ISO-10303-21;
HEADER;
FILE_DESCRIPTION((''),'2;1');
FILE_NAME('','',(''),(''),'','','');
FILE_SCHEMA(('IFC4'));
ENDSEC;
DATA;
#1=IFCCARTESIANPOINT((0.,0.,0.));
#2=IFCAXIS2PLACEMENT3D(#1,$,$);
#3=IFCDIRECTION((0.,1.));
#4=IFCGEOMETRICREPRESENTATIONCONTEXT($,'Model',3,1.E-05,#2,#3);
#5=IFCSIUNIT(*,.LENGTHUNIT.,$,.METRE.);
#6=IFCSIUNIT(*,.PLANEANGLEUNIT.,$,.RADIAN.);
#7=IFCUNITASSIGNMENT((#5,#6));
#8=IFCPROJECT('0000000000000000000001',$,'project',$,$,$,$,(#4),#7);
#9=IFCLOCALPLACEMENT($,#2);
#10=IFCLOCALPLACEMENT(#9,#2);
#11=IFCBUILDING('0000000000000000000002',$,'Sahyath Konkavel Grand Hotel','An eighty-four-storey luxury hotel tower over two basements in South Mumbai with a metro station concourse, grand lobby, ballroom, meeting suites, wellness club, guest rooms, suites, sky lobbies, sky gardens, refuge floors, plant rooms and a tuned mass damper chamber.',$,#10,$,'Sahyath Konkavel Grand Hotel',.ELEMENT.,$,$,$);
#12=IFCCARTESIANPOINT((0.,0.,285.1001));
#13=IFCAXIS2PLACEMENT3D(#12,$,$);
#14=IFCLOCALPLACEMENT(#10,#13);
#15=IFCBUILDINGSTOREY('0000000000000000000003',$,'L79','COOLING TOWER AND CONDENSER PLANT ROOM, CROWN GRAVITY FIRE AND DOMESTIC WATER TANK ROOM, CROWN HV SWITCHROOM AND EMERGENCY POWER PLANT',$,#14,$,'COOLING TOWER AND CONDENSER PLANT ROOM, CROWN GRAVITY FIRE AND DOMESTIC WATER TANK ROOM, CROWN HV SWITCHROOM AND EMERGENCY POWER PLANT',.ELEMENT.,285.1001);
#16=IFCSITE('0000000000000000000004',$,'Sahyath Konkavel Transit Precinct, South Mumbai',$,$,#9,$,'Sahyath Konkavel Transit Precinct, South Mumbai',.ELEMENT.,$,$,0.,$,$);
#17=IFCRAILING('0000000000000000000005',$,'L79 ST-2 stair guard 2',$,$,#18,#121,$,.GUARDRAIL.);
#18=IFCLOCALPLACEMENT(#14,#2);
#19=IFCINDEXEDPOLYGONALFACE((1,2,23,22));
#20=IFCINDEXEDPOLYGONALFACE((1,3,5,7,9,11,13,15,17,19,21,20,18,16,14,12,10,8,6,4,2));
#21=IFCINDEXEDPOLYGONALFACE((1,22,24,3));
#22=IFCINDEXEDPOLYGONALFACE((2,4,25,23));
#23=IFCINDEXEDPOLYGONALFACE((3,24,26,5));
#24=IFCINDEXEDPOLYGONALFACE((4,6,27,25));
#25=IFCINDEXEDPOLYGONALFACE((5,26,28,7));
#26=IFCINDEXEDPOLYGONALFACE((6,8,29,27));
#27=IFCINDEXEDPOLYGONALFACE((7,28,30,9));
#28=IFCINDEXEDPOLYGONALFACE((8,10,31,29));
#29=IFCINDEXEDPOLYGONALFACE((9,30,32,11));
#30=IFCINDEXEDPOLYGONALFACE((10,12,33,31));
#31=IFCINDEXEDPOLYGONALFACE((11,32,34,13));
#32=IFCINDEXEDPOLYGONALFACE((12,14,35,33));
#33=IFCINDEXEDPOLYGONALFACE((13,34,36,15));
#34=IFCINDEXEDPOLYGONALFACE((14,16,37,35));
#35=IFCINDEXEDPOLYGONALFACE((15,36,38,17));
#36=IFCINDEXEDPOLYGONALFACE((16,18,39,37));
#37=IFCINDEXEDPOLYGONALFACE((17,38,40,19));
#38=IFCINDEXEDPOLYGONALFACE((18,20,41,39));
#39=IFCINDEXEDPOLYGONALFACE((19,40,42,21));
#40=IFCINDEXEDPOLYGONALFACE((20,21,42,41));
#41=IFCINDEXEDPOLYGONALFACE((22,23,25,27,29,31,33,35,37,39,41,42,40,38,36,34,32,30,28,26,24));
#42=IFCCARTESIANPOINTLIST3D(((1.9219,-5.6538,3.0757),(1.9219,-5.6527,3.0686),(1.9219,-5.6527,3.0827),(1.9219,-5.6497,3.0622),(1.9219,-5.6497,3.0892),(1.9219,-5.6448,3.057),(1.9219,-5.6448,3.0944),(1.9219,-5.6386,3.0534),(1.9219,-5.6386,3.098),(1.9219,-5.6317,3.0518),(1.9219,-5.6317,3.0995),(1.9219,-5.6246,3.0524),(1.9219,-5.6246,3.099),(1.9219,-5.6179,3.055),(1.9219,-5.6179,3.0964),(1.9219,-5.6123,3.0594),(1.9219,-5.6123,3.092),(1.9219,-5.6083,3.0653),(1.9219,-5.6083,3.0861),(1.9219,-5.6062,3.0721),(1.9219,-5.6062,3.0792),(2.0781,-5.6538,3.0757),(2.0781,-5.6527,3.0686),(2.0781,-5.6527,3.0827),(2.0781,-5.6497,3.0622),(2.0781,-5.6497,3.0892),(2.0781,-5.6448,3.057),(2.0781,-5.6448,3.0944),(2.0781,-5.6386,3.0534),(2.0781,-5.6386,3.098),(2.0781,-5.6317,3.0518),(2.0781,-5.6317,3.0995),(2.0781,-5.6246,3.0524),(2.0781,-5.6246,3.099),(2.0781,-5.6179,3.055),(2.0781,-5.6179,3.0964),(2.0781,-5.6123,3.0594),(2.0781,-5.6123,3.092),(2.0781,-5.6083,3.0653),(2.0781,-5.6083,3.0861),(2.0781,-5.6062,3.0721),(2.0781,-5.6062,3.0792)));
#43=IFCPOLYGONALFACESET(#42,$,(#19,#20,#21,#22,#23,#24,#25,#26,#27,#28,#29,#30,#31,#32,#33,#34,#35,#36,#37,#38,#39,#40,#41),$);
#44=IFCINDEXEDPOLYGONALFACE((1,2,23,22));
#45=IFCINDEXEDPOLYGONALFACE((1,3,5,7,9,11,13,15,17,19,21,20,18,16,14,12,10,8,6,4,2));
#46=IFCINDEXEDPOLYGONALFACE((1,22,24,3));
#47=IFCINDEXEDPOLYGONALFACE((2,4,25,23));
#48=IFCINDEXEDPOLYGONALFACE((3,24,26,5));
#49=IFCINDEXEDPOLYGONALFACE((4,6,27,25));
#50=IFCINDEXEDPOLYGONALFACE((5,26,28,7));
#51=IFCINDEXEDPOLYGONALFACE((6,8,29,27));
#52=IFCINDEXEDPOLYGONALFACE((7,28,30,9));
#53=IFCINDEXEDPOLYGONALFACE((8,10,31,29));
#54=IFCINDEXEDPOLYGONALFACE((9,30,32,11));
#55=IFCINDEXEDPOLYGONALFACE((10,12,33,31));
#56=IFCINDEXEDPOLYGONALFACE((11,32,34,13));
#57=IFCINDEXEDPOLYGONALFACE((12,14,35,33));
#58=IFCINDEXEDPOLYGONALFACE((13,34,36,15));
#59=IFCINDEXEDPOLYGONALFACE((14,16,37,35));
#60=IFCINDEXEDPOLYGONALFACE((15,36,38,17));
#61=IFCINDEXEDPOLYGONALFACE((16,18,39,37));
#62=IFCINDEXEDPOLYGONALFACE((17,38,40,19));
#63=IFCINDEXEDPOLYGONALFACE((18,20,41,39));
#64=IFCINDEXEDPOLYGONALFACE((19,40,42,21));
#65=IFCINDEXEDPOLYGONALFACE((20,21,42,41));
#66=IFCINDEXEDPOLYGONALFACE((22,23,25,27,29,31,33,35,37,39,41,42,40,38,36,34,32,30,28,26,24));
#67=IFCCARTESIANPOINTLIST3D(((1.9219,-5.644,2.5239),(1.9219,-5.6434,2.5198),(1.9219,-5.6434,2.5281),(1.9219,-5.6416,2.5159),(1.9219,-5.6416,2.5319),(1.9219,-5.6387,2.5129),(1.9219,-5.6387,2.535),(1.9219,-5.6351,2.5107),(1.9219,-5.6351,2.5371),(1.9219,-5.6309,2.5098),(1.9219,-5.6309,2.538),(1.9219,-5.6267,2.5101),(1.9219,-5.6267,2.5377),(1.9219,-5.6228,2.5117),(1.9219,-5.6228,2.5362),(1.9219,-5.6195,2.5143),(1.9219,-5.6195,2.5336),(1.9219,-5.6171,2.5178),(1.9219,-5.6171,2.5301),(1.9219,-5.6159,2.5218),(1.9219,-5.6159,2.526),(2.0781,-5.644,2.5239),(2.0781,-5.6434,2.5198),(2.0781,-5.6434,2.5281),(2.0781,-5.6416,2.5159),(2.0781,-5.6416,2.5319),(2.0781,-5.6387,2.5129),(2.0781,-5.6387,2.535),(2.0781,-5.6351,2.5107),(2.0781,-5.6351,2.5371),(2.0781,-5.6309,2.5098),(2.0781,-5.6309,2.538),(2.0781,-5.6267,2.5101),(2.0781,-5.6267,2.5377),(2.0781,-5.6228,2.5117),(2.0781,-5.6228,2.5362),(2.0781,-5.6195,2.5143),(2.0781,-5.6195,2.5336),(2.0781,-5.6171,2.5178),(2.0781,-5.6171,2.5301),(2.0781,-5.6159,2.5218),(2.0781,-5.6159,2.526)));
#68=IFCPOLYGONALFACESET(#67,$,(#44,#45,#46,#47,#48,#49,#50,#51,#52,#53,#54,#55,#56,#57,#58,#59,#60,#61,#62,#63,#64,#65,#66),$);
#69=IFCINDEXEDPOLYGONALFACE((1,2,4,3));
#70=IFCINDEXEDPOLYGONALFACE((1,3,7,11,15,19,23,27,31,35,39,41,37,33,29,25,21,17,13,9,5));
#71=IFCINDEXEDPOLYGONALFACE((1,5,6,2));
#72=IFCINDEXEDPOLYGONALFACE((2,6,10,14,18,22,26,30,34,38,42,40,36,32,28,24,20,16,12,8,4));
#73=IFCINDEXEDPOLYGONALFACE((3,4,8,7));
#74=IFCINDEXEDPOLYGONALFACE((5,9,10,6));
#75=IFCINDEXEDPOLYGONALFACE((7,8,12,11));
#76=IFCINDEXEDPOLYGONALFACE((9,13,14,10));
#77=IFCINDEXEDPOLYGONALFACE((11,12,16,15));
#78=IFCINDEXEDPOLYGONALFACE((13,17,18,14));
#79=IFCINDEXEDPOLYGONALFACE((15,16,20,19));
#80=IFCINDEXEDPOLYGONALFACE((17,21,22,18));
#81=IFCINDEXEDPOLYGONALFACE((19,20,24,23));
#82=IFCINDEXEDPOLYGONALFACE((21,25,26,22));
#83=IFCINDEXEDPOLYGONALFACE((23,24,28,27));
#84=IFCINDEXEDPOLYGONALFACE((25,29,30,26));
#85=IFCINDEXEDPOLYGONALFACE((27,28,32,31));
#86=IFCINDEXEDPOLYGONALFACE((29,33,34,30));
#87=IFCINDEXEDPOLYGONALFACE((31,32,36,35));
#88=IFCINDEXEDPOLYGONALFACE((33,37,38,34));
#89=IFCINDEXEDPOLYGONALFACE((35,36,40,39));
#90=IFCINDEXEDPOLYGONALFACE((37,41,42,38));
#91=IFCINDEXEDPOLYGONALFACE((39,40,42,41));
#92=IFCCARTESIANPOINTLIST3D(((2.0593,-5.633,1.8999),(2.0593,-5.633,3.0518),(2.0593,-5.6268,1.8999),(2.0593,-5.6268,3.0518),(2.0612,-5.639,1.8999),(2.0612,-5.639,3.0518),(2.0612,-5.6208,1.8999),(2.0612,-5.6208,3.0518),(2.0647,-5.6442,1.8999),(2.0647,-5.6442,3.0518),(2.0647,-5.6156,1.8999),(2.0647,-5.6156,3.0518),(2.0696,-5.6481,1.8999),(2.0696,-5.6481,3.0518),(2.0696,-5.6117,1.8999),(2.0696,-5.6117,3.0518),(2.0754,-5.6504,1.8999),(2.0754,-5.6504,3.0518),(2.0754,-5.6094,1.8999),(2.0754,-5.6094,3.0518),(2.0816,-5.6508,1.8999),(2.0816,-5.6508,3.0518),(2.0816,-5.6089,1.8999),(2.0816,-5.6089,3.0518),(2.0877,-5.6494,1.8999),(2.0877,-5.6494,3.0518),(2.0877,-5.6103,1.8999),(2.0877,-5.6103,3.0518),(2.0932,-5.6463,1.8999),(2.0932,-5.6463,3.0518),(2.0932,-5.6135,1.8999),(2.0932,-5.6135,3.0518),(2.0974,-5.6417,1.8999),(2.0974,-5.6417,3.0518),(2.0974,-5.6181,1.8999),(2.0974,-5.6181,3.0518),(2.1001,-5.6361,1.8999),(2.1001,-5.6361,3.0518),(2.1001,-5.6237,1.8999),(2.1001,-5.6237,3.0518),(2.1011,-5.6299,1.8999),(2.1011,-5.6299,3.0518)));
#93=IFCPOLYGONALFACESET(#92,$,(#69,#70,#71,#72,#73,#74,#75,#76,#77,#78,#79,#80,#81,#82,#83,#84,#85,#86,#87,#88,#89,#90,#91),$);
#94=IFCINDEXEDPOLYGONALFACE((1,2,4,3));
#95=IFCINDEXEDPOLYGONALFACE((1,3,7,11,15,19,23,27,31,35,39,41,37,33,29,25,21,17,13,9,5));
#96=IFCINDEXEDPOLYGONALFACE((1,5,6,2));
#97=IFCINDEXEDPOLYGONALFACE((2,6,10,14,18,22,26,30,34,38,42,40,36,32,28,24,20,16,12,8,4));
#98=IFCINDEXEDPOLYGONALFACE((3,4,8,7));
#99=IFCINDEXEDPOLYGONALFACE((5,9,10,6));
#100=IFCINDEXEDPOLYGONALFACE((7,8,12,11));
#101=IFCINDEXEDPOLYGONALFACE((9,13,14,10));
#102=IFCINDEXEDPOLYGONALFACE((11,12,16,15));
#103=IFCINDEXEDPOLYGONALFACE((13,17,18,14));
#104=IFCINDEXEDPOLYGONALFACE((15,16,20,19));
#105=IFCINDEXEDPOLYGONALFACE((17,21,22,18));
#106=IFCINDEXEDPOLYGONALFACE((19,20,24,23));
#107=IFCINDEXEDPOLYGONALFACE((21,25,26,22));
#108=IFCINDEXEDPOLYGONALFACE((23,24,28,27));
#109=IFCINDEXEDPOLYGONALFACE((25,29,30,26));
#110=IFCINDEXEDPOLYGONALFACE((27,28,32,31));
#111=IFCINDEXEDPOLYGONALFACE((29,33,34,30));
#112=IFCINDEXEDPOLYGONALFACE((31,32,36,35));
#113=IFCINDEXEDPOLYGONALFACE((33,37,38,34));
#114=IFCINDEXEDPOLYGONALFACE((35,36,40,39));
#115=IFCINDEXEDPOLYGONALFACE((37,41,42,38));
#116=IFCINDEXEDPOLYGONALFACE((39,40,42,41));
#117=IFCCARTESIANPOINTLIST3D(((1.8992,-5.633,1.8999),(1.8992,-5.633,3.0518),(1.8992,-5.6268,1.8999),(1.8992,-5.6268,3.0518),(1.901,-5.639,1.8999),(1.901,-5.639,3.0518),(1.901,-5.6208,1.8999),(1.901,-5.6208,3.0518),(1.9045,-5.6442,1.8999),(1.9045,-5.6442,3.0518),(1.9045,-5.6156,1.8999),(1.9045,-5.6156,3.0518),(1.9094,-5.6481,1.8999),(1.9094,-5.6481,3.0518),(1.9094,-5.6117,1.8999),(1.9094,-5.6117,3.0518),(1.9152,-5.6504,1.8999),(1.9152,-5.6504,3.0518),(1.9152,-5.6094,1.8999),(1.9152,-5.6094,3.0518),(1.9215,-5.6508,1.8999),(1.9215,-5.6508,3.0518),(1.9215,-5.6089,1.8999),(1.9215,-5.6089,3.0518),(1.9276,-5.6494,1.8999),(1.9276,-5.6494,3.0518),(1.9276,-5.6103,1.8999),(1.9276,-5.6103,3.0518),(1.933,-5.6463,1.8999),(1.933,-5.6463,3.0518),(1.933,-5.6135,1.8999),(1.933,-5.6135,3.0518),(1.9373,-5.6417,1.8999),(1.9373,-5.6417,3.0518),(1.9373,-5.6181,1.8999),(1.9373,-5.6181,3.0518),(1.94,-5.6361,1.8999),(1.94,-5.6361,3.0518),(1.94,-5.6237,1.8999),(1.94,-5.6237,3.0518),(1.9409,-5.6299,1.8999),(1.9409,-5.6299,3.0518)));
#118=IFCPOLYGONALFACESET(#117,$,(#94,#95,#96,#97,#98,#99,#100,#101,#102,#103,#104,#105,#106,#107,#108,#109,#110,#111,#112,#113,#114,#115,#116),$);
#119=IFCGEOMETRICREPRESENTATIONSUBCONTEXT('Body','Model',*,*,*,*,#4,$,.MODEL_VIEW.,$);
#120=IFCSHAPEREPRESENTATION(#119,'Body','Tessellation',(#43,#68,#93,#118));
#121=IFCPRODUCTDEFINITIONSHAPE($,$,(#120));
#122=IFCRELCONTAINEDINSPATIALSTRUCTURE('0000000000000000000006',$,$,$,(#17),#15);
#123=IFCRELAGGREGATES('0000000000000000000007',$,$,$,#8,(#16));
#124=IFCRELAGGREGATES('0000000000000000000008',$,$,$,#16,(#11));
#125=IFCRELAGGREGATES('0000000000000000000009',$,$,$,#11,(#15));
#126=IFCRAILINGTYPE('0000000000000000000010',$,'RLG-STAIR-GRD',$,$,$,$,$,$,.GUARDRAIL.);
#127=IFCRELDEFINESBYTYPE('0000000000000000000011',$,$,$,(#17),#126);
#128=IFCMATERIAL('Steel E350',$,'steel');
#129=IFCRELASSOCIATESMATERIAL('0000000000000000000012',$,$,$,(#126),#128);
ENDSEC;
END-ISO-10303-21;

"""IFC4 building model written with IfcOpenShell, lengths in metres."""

from ifc_helpers import new_model, si_unit, direction, frame, origin, origin_2d, place, context, subcontext, project, spatial, circle, extrude, material, type_object, element, save


model = new_model("IFC4")

# Units and contexts
model_context = context("Model", 3, precision=1e-05, world=origin(), true_north=direction((0.0, 1.0)))
body_context = subcontext(model_context, "Body", "Model", "MODEL_VIEW")
ifc_project = project(units=[si_unit("LENGTHUNIT", "METRE"), si_unit("PLANEANGLEUNIT", "RADIAN")], contexts=[model_context])

# Site, building, storey
site_placement = place(None, origin())
site = spatial("IfcSite", under=ifc_project, at=site_placement, Name="Sahyath Konkavel Transit Precinct, South Mumbai", LongName="Sahyath Konkavel Transit Precinct, South Mumbai", CompositionType="ELEMENT", RefElevation=0.0)
building_placement = place(site_placement, origin())
building = spatial("IfcBuilding", under=site, at=building_placement, Name="Sahyath Konkavel Grand Hotel", Description="An eighty-four-storey luxury hotel tower over two basements in South Mumbai with a metro station concourse, grand lobby, ballroom, meeting suites, wellness club, guest rooms, suites, sky lobbies, sky gardens, refuge floors, plant rooms and a tuned mass damper chamber.", LongName="Sahyath Konkavel Grand Hotel", CompositionType="ELEMENT")
storey_placement = place(building_placement, frame((0.0, 0.0, 285.1001)))
storey = spatial("IfcBuildingStorey", under=building, at=storey_placement, Name="L79", Description="COOLING TOWER AND CONDENSER PLANT ROOM, CROWN GRAVITY FIRE AND DOMESTIC WATER TANK ROOM, CROWN HV SWITCHROOM AND EMERGENCY POWER PLANT", LongName="COOLING TOWER AND CONDENSER PLANT ROOM, CROWN GRAVITY FIRE AND DOMESTIC WATER TANK ROOM, CROWN HV SWITCHROOM AND EMERGENCY POWER PLANT", CompositionType="ELEMENT", Elevation=285.1001)

# Shared definitions
ifc_material_1 = material(Name="Steel E350", Category="steel")

# Railing
railing_type_1 = type_object("IfcRailingType", Name="RLG-STAIR-GRD", PredefinedType="GUARDRAIL", material=ifc_material_1)
railing_1_placement = place(storey_placement, frame((2.0801, -5.6299, 1.8999)))
element("IfcRailing", 1, at=railing_1_placement, inside=storey, type_object=railing_type_1, Name="L79 ST-2 stair guard 2", PredefinedType="GUARDRAIL", context=body_context, shape_type="SweptSolid", body=[
    extrude(circle(Radius=0.0239, at=origin_2d()), frame((-0.002, 0.0, 1.1758), z_axis=(-1.0, 0.0, 0.0), x_axis=(0.0, -1.0, 0.0)), (0.0, 0.0, 1.0), 0.1562),
    extrude(circle(Radius=0.0142, at=origin_2d()), frame((-0.002, 0.0, 0.624), z_axis=(-1.0, 0.0, 0.0), x_axis=(0.0, -1.0, 0.0)), (0.0, 0.0, 1.0), 0.1562),
    extrude(circle(Radius=0.021, at=origin_2d()), origin(), (0.0, 0.0, 1.0), 1.1519),
    extrude(circle(Radius=0.021, at=origin_2d()), frame((-0.1602, 0.0, 0.0)), (0.0, 0.0, 1.0), 1.1519),
])

save(model, "model.ifc")
